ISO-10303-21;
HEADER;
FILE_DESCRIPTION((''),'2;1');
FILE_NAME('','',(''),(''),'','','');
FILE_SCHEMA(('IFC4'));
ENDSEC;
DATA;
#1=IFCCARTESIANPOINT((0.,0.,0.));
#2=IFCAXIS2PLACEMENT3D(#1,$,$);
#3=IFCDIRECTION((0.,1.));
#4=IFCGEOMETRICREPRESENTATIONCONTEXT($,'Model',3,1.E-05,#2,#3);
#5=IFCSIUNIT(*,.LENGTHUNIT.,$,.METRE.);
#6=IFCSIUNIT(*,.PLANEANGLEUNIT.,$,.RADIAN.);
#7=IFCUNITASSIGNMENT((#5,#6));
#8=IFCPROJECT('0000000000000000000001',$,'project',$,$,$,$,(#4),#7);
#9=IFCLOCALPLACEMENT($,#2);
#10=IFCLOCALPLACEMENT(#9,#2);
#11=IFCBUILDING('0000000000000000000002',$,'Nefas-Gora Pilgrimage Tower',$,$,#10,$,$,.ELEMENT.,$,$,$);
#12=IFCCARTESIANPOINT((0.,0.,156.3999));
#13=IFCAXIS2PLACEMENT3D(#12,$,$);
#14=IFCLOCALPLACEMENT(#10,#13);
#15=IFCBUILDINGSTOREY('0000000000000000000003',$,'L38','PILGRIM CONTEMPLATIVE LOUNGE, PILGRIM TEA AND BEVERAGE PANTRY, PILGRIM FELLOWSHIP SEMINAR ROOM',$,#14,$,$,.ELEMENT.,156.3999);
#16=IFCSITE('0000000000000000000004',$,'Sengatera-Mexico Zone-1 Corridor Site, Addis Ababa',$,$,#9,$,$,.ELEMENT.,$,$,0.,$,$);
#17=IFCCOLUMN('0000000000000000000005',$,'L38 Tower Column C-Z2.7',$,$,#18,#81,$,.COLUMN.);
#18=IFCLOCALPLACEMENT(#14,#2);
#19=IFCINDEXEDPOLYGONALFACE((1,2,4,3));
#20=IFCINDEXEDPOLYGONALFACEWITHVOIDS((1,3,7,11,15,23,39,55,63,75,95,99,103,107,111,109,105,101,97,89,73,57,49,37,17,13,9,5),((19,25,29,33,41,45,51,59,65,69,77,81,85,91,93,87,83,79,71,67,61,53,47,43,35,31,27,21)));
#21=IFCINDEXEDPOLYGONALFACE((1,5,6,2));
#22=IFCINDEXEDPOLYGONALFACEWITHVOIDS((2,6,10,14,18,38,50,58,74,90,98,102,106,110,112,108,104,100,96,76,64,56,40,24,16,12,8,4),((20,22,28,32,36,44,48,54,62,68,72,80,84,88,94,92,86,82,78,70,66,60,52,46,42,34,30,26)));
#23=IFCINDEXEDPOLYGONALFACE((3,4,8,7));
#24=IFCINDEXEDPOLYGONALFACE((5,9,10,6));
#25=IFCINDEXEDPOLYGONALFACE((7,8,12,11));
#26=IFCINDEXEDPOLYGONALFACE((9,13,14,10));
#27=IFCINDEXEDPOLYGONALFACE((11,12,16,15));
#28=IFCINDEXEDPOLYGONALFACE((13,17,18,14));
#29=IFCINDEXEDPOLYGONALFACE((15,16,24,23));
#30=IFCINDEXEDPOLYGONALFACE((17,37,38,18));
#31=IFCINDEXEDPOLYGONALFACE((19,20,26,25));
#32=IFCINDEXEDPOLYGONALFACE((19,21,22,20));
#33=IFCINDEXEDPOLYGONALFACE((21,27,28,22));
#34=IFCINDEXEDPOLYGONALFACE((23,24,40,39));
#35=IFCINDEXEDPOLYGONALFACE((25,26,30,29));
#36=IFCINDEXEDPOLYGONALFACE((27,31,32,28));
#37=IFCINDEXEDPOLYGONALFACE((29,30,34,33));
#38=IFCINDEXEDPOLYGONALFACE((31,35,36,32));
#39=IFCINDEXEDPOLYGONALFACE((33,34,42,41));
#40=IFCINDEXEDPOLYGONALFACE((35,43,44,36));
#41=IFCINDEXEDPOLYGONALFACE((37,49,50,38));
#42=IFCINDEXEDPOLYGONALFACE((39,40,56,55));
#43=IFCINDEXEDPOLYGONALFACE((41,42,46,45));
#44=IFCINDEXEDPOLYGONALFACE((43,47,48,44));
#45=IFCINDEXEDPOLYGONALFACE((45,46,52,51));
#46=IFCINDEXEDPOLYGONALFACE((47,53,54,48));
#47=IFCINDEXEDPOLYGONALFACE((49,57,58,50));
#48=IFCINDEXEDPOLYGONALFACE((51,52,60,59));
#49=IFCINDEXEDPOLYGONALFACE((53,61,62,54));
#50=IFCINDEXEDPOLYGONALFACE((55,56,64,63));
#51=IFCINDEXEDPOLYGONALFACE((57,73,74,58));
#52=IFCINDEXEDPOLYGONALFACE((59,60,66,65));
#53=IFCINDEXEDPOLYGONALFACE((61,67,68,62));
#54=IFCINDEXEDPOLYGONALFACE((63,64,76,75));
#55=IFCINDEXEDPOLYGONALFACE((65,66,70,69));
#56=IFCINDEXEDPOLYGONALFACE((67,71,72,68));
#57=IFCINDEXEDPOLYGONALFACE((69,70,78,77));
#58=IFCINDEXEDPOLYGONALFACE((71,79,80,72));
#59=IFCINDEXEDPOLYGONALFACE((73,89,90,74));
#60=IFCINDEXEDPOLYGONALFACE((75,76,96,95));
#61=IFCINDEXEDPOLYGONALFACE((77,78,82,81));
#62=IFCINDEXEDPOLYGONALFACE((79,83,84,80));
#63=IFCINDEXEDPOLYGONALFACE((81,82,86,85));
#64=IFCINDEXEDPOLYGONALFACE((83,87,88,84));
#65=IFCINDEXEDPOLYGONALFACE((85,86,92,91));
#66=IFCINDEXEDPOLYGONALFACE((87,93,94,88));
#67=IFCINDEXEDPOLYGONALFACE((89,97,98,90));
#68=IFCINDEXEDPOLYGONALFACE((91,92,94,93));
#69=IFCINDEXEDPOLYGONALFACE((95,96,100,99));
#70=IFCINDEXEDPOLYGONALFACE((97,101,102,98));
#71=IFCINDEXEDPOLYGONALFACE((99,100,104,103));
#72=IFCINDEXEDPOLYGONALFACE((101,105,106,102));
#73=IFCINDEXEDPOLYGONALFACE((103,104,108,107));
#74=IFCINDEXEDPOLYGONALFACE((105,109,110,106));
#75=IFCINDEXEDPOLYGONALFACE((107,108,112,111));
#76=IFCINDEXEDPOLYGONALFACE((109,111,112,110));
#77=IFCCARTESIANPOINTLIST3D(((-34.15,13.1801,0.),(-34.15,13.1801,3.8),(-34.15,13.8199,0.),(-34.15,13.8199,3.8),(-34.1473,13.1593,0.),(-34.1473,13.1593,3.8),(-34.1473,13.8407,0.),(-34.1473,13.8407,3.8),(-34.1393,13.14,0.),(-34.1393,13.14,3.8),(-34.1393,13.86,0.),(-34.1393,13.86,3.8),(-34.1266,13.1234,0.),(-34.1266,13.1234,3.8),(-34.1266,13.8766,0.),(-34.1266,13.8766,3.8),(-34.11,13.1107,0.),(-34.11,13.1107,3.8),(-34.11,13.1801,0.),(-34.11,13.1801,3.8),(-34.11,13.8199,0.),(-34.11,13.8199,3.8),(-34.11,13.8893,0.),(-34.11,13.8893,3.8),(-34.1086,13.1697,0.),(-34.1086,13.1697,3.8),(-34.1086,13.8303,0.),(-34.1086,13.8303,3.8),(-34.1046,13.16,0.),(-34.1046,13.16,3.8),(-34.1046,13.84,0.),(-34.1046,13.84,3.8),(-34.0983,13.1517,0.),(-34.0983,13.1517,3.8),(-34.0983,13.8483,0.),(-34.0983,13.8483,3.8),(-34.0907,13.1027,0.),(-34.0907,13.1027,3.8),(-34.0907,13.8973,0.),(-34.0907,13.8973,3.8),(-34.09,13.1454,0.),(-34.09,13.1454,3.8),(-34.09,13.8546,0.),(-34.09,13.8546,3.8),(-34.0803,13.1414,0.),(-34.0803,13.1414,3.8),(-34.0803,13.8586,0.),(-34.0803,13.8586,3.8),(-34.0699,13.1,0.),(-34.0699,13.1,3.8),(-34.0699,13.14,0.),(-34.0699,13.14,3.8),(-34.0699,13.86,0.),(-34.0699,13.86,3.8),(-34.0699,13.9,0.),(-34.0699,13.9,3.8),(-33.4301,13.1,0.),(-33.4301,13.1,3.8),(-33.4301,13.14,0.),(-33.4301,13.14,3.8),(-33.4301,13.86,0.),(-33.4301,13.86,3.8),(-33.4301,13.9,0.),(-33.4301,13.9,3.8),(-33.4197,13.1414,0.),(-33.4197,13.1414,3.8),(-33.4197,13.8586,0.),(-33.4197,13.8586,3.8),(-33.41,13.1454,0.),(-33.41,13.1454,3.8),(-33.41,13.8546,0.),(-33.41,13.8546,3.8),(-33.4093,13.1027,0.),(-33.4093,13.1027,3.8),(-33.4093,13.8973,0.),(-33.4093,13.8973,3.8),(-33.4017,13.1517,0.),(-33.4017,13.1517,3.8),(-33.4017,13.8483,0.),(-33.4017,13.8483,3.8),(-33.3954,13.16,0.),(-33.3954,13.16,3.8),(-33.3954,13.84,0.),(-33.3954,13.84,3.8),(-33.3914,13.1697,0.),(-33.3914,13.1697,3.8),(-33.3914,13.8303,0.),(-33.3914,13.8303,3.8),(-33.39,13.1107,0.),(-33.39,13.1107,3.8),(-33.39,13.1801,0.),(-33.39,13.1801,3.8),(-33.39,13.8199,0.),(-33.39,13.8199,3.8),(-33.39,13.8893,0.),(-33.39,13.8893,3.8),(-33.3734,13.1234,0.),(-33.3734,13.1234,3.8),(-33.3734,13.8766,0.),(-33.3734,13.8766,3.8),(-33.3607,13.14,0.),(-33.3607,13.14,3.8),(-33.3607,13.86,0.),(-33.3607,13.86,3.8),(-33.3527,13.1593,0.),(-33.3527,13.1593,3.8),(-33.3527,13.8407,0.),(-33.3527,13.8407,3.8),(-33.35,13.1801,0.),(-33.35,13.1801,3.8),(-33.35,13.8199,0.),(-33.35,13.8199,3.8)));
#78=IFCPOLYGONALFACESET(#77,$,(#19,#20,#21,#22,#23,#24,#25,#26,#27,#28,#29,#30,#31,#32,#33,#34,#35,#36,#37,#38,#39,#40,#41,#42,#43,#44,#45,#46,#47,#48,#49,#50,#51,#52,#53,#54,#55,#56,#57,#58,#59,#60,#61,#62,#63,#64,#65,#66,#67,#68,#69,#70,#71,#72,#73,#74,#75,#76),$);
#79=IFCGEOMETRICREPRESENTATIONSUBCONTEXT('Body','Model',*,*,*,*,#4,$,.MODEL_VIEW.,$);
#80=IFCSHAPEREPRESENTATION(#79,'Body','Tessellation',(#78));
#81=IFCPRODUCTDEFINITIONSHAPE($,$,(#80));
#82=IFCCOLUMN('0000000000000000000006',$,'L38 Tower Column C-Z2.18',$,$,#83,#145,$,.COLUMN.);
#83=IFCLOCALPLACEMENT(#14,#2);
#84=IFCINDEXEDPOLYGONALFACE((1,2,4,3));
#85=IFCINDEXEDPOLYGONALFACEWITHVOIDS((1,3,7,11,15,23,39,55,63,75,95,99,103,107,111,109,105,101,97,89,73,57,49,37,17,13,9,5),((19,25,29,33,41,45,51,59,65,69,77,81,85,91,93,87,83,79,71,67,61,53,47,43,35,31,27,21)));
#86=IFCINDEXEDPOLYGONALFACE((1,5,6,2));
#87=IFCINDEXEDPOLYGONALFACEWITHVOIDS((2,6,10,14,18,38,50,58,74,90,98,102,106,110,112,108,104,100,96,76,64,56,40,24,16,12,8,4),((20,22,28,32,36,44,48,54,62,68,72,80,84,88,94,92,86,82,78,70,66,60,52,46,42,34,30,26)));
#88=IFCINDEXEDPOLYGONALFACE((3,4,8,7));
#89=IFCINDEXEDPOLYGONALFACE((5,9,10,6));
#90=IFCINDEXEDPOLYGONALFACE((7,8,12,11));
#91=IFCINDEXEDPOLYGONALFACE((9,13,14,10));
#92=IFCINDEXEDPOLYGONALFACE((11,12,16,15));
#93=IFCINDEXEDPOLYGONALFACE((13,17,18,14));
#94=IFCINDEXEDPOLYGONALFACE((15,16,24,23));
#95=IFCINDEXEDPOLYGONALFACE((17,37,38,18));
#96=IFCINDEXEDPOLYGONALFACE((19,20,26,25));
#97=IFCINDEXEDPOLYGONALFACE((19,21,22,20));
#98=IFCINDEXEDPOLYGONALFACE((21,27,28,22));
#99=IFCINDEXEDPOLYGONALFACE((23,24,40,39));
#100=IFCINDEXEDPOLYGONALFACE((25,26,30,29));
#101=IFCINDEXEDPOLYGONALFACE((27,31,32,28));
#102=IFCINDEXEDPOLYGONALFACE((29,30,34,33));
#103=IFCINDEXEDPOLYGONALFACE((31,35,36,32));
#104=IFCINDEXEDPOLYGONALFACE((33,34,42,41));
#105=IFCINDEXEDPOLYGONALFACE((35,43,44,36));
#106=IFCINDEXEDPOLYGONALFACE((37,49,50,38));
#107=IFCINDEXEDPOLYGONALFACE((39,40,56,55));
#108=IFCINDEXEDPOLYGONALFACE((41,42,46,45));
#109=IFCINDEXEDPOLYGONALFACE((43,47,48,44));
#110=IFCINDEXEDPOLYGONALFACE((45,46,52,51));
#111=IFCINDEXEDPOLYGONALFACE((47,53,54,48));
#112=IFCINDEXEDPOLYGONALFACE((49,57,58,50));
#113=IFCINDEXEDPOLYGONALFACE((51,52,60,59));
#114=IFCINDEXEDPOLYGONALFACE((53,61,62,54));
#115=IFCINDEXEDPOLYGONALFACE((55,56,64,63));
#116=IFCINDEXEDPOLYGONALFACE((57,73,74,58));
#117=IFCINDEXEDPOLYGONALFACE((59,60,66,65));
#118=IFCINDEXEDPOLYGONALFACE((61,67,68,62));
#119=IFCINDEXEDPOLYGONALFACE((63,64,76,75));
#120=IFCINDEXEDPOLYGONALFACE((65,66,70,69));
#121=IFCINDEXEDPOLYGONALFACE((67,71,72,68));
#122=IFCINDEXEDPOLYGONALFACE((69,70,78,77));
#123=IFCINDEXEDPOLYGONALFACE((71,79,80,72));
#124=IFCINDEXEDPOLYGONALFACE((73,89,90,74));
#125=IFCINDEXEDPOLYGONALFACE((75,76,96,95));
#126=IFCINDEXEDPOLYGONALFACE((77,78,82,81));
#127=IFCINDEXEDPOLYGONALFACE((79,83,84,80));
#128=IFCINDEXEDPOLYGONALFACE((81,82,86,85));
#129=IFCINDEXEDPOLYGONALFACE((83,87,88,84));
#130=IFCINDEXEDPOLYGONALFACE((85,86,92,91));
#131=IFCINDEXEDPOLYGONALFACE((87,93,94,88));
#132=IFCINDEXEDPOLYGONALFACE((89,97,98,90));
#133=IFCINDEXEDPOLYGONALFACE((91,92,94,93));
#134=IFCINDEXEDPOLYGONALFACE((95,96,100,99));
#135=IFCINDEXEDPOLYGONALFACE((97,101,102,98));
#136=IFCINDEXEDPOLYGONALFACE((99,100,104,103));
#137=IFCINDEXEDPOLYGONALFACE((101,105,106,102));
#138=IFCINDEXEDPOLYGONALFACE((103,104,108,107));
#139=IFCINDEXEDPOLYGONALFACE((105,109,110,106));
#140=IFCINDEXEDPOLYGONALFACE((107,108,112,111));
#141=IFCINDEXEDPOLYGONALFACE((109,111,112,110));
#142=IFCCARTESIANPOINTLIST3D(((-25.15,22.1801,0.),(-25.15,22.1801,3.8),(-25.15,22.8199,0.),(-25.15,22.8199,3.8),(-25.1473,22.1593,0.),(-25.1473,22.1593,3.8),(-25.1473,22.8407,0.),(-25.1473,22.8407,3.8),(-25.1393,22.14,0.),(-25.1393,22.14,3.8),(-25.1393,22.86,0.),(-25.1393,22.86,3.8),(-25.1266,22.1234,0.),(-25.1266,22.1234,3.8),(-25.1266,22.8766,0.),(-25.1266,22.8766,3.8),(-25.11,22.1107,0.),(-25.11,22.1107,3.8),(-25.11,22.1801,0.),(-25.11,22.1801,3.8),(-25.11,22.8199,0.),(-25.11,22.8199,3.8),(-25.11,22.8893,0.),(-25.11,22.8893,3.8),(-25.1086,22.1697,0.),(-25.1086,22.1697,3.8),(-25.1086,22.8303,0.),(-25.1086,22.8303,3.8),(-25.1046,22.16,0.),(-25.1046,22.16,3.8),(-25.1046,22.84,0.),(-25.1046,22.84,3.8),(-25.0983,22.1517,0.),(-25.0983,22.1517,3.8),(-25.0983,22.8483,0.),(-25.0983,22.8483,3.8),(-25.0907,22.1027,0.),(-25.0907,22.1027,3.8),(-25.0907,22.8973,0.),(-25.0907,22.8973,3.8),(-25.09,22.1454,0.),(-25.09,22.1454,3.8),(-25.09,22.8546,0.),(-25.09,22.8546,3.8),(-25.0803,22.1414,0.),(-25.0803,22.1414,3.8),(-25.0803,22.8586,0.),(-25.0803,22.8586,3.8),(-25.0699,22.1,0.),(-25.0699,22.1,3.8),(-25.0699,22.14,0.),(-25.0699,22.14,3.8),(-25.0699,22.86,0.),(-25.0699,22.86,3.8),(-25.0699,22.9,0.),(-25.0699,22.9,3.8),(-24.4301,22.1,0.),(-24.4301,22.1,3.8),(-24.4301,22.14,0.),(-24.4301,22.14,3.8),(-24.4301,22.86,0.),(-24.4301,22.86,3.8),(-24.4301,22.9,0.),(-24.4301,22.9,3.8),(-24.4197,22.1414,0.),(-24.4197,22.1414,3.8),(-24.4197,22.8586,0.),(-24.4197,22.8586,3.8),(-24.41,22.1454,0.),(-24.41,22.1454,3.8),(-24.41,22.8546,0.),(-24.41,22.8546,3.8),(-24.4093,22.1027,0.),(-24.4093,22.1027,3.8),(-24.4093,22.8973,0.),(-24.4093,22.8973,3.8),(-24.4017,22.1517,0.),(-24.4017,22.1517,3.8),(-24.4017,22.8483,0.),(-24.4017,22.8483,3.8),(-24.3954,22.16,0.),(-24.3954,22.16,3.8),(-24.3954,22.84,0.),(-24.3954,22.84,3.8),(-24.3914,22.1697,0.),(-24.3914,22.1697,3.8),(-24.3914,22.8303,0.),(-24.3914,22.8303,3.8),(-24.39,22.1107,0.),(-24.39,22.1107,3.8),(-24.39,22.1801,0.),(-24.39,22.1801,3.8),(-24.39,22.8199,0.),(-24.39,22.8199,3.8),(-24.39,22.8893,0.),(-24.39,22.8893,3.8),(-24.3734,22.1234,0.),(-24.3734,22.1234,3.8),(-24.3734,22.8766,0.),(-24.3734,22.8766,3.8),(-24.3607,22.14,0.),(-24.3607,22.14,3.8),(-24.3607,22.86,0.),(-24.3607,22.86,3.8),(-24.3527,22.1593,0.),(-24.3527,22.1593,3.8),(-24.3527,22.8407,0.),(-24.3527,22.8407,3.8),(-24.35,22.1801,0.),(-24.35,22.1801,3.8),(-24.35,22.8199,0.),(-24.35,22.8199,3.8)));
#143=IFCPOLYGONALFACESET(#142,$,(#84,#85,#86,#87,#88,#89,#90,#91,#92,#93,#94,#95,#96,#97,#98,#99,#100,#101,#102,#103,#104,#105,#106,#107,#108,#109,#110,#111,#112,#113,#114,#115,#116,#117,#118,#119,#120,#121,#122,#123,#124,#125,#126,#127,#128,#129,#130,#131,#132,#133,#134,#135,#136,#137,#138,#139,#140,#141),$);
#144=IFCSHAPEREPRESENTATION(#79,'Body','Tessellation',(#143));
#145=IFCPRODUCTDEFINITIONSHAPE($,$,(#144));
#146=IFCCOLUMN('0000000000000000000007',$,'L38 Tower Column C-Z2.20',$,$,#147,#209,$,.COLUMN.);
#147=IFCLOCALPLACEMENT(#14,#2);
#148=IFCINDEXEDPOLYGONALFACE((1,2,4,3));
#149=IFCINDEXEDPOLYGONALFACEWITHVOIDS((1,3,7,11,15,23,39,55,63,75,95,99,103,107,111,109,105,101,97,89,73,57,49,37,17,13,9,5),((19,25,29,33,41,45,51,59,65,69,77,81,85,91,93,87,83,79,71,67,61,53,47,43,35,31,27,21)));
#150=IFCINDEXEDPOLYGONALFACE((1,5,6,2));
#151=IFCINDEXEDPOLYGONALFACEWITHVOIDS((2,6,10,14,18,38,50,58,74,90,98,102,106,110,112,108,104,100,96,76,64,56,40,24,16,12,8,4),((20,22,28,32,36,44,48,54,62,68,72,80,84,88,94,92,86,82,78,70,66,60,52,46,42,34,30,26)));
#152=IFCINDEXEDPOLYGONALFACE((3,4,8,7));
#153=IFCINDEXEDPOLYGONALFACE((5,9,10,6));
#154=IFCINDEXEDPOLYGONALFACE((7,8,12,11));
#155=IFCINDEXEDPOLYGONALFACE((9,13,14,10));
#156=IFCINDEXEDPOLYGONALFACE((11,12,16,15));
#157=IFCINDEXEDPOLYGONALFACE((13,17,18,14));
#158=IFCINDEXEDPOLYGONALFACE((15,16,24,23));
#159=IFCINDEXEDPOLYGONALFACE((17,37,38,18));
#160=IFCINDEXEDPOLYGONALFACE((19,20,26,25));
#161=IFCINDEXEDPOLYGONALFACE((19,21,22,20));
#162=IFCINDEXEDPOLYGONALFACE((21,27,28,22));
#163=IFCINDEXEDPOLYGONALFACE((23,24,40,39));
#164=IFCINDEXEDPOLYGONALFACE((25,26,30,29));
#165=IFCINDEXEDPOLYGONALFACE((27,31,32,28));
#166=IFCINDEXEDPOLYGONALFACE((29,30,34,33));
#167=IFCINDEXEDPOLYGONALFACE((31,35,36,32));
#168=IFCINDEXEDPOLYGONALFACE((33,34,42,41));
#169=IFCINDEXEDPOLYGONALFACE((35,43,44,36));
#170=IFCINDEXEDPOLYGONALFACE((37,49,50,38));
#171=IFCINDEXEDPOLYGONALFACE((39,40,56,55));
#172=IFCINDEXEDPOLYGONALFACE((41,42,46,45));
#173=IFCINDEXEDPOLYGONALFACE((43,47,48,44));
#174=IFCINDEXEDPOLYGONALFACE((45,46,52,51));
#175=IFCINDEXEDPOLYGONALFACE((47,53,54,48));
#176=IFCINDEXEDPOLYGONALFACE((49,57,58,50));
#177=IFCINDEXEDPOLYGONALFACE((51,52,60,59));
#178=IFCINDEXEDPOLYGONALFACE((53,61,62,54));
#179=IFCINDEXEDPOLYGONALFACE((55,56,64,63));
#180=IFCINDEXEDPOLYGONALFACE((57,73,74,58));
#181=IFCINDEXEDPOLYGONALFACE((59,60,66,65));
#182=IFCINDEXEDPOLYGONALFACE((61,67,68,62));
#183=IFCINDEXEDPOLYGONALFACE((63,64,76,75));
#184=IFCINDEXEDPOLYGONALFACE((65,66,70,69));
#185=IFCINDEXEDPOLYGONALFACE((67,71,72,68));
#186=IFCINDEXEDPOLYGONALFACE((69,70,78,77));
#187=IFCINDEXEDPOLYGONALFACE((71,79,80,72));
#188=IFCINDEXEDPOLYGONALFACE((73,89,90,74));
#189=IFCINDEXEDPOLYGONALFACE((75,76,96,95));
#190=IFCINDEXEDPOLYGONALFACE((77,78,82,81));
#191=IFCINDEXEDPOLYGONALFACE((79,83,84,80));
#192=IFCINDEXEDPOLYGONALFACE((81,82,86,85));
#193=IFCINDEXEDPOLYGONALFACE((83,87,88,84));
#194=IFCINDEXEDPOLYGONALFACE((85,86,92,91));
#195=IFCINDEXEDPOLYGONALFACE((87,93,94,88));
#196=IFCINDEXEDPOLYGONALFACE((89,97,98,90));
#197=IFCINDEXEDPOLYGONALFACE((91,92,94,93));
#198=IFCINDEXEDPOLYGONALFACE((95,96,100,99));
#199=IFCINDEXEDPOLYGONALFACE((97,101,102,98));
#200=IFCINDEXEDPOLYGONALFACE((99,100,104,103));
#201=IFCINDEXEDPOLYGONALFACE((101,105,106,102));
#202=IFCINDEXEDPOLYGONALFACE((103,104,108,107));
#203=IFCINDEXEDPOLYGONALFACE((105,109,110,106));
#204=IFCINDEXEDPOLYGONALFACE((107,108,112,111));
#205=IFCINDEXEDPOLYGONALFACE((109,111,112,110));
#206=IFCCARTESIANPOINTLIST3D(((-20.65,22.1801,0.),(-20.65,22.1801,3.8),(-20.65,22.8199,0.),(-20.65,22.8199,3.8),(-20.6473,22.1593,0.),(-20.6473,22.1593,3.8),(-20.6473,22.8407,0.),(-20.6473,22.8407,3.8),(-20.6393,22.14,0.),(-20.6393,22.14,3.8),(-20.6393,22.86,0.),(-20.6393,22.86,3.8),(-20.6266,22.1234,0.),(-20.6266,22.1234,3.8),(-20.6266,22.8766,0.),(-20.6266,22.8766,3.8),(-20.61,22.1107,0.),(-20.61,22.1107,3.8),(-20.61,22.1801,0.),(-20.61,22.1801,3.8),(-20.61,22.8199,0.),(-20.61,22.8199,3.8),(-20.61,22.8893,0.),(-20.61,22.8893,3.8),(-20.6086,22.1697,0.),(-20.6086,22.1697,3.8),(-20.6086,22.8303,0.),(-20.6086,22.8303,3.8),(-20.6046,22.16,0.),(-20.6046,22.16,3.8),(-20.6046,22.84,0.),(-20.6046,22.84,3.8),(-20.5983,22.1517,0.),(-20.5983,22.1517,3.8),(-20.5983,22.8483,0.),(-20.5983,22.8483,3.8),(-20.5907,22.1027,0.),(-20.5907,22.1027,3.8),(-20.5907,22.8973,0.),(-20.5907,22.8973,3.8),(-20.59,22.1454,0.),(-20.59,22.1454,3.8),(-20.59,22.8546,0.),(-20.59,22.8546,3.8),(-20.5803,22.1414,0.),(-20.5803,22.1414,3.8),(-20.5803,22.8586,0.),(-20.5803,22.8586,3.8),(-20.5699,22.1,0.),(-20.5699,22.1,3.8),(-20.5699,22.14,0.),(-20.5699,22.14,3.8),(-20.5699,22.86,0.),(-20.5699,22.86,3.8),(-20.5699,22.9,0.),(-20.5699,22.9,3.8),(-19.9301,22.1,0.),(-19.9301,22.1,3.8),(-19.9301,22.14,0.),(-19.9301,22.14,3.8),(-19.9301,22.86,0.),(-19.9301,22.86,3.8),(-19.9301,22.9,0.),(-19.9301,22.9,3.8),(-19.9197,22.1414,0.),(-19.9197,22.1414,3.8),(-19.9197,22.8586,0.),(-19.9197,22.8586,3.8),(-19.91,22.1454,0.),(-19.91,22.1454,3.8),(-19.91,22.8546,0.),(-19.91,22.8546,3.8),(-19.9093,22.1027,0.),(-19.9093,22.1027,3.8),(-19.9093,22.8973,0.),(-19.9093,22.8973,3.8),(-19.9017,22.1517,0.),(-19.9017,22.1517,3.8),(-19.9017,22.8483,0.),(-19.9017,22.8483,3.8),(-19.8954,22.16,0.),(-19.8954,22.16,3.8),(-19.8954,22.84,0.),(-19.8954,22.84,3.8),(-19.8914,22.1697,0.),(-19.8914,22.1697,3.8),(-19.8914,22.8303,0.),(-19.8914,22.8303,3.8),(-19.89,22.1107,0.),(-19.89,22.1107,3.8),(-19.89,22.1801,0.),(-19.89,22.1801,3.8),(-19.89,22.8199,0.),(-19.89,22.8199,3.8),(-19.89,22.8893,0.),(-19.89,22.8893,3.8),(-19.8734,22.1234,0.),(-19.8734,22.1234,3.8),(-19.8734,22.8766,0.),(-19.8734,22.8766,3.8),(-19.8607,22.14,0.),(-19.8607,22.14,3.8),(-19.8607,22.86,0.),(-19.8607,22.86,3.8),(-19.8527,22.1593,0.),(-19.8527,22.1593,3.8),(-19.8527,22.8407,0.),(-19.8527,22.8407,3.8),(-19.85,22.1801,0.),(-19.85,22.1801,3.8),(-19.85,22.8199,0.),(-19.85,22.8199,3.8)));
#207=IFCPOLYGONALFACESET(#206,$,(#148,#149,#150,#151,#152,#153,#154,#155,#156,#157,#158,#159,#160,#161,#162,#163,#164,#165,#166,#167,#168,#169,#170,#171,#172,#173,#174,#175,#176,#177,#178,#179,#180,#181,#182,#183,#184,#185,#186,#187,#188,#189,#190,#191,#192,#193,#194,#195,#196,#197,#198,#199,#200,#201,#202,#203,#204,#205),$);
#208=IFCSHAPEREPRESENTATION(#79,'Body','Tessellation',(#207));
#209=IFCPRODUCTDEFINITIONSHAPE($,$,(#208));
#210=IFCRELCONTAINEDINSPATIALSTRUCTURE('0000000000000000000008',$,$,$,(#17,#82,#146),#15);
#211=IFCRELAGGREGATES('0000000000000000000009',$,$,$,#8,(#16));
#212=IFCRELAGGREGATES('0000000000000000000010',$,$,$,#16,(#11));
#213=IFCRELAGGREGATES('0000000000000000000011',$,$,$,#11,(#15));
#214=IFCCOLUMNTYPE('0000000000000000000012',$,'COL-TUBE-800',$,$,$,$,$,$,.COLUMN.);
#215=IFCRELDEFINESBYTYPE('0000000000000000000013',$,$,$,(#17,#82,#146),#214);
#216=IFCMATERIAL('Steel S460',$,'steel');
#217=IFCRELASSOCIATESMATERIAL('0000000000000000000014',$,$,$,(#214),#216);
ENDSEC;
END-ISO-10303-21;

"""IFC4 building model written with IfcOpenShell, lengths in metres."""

from ifc_helpers import new_model, si_unit, direction, frame, origin, origin_2d, place, context, subcontext, project, spatial, hollow_rectangle, extrude, source, transform, mapped, material, material_profile, profile_set, type_object, element, save


model = new_model("IFC4")

# Units and contexts
model_context = context("Model", 3, precision=1e-05, world=origin(), true_north=direction((0.0, 1.0)))
body_context = subcontext(model_context, "Body", "Model", "MODEL_VIEW")
ifc_project = project(units=[si_unit("LENGTHUNIT", "METRE"), si_unit("PLANEANGLEUNIT", "RADIAN")], contexts=[model_context])

# Site, building, storey
site_placement = place(None, origin())
site = spatial("IfcSite", under=ifc_project, at=site_placement, Name="Sengatera-Mexico Zone-1 Corridor Site, Addis Ababa", CompositionType="ELEMENT", RefElevation=0.0)
building_placement = place(site_placement, origin())
building = spatial("IfcBuilding", under=site, at=building_placement, Name="Nefas-Gora Pilgrimage Tower", CompositionType="ELEMENT")
storey_placement = place(building_placement, frame((0.0, 0.0, 156.3999)))
storey = spatial("IfcBuildingStorey", under=building, at=storey_placement, Name="L38", Description="PILGRIM CONTEMPLATIVE LOUNGE, PILGRIM TEA AND BEVERAGE PANTRY, PILGRIM FELLOWSHIP SEMINAR ROOM", CompositionType="ELEMENT", Elevation=156.3999)

# Columns
ifc_material_1 = material(Name="Steel S460", Category="steel")
ifc_material_profile_1 = material_profile(ifc_material_1, hollow_rectangle(XDim=0.8, YDim=0.8, WallThickness=0.04, InnerFilletRadius=0.04, OuterFilletRadius=0.0801, at=origin_2d()), Name="BOX 800x800x40")
ifc_profile_set_1 = profile_set([ifc_material_profile_1], Name="Steel S460")
column_type_1 = type_object("IfcColumnType", Name="COL-TUBE-800", PredefinedType="COLUMN", material=ifc_profile_set_1)
shared_shape_1 = source(origin(), body_context, "Body", "SweptSolid", [
    extrude(hollow_rectangle(XDim=0.8, YDim=0.8, WallThickness=0.04, InnerFilletRadius=0.04, OuterFilletRadius=0.0801, at=origin_2d()), origin(), (0.0, 0.0, 1.0), 3.8),
])
for number, where, z_axis, x_axis, name in (
    (1, (-33.75, 13.5, 0.0), (0.0, 0.0, 1.0), (1.0, 0.0, 0.0), "L38 Tower Column C-Z2.7"),
    (2, (-24.75, 22.5, 0.0), (0.0, 0.0, 1.0), (1.0, 0.0, 0.0), "L38 Tower Column C-Z2.18"),
    (3, (-20.25, 22.5, 0.0), (0.0, 0.0, 1.0), (1.0, 0.0, 0.0), "L38 Tower Column C-Z2.20"),
):
    element("IfcColumn", number, at=place(storey_placement, frame(where, z_axis=z_axis, x_axis=x_axis)), inside=storey, type_object=column_type_1, Name=name, PredefinedType="COLUMN", context=body_context, shape_type="MappedRepresentation", body=[
        mapped(shared_shape_1, transform((0.0, 0.0, 0.0), x_axis=(1.0, 0.0, 0.0), y_axis=(0.0, 1.0, 0.0), z_axis=(0.0, 0.0, 1.0), scale=1.0)),
    ])

save(model, "model.ifc")
